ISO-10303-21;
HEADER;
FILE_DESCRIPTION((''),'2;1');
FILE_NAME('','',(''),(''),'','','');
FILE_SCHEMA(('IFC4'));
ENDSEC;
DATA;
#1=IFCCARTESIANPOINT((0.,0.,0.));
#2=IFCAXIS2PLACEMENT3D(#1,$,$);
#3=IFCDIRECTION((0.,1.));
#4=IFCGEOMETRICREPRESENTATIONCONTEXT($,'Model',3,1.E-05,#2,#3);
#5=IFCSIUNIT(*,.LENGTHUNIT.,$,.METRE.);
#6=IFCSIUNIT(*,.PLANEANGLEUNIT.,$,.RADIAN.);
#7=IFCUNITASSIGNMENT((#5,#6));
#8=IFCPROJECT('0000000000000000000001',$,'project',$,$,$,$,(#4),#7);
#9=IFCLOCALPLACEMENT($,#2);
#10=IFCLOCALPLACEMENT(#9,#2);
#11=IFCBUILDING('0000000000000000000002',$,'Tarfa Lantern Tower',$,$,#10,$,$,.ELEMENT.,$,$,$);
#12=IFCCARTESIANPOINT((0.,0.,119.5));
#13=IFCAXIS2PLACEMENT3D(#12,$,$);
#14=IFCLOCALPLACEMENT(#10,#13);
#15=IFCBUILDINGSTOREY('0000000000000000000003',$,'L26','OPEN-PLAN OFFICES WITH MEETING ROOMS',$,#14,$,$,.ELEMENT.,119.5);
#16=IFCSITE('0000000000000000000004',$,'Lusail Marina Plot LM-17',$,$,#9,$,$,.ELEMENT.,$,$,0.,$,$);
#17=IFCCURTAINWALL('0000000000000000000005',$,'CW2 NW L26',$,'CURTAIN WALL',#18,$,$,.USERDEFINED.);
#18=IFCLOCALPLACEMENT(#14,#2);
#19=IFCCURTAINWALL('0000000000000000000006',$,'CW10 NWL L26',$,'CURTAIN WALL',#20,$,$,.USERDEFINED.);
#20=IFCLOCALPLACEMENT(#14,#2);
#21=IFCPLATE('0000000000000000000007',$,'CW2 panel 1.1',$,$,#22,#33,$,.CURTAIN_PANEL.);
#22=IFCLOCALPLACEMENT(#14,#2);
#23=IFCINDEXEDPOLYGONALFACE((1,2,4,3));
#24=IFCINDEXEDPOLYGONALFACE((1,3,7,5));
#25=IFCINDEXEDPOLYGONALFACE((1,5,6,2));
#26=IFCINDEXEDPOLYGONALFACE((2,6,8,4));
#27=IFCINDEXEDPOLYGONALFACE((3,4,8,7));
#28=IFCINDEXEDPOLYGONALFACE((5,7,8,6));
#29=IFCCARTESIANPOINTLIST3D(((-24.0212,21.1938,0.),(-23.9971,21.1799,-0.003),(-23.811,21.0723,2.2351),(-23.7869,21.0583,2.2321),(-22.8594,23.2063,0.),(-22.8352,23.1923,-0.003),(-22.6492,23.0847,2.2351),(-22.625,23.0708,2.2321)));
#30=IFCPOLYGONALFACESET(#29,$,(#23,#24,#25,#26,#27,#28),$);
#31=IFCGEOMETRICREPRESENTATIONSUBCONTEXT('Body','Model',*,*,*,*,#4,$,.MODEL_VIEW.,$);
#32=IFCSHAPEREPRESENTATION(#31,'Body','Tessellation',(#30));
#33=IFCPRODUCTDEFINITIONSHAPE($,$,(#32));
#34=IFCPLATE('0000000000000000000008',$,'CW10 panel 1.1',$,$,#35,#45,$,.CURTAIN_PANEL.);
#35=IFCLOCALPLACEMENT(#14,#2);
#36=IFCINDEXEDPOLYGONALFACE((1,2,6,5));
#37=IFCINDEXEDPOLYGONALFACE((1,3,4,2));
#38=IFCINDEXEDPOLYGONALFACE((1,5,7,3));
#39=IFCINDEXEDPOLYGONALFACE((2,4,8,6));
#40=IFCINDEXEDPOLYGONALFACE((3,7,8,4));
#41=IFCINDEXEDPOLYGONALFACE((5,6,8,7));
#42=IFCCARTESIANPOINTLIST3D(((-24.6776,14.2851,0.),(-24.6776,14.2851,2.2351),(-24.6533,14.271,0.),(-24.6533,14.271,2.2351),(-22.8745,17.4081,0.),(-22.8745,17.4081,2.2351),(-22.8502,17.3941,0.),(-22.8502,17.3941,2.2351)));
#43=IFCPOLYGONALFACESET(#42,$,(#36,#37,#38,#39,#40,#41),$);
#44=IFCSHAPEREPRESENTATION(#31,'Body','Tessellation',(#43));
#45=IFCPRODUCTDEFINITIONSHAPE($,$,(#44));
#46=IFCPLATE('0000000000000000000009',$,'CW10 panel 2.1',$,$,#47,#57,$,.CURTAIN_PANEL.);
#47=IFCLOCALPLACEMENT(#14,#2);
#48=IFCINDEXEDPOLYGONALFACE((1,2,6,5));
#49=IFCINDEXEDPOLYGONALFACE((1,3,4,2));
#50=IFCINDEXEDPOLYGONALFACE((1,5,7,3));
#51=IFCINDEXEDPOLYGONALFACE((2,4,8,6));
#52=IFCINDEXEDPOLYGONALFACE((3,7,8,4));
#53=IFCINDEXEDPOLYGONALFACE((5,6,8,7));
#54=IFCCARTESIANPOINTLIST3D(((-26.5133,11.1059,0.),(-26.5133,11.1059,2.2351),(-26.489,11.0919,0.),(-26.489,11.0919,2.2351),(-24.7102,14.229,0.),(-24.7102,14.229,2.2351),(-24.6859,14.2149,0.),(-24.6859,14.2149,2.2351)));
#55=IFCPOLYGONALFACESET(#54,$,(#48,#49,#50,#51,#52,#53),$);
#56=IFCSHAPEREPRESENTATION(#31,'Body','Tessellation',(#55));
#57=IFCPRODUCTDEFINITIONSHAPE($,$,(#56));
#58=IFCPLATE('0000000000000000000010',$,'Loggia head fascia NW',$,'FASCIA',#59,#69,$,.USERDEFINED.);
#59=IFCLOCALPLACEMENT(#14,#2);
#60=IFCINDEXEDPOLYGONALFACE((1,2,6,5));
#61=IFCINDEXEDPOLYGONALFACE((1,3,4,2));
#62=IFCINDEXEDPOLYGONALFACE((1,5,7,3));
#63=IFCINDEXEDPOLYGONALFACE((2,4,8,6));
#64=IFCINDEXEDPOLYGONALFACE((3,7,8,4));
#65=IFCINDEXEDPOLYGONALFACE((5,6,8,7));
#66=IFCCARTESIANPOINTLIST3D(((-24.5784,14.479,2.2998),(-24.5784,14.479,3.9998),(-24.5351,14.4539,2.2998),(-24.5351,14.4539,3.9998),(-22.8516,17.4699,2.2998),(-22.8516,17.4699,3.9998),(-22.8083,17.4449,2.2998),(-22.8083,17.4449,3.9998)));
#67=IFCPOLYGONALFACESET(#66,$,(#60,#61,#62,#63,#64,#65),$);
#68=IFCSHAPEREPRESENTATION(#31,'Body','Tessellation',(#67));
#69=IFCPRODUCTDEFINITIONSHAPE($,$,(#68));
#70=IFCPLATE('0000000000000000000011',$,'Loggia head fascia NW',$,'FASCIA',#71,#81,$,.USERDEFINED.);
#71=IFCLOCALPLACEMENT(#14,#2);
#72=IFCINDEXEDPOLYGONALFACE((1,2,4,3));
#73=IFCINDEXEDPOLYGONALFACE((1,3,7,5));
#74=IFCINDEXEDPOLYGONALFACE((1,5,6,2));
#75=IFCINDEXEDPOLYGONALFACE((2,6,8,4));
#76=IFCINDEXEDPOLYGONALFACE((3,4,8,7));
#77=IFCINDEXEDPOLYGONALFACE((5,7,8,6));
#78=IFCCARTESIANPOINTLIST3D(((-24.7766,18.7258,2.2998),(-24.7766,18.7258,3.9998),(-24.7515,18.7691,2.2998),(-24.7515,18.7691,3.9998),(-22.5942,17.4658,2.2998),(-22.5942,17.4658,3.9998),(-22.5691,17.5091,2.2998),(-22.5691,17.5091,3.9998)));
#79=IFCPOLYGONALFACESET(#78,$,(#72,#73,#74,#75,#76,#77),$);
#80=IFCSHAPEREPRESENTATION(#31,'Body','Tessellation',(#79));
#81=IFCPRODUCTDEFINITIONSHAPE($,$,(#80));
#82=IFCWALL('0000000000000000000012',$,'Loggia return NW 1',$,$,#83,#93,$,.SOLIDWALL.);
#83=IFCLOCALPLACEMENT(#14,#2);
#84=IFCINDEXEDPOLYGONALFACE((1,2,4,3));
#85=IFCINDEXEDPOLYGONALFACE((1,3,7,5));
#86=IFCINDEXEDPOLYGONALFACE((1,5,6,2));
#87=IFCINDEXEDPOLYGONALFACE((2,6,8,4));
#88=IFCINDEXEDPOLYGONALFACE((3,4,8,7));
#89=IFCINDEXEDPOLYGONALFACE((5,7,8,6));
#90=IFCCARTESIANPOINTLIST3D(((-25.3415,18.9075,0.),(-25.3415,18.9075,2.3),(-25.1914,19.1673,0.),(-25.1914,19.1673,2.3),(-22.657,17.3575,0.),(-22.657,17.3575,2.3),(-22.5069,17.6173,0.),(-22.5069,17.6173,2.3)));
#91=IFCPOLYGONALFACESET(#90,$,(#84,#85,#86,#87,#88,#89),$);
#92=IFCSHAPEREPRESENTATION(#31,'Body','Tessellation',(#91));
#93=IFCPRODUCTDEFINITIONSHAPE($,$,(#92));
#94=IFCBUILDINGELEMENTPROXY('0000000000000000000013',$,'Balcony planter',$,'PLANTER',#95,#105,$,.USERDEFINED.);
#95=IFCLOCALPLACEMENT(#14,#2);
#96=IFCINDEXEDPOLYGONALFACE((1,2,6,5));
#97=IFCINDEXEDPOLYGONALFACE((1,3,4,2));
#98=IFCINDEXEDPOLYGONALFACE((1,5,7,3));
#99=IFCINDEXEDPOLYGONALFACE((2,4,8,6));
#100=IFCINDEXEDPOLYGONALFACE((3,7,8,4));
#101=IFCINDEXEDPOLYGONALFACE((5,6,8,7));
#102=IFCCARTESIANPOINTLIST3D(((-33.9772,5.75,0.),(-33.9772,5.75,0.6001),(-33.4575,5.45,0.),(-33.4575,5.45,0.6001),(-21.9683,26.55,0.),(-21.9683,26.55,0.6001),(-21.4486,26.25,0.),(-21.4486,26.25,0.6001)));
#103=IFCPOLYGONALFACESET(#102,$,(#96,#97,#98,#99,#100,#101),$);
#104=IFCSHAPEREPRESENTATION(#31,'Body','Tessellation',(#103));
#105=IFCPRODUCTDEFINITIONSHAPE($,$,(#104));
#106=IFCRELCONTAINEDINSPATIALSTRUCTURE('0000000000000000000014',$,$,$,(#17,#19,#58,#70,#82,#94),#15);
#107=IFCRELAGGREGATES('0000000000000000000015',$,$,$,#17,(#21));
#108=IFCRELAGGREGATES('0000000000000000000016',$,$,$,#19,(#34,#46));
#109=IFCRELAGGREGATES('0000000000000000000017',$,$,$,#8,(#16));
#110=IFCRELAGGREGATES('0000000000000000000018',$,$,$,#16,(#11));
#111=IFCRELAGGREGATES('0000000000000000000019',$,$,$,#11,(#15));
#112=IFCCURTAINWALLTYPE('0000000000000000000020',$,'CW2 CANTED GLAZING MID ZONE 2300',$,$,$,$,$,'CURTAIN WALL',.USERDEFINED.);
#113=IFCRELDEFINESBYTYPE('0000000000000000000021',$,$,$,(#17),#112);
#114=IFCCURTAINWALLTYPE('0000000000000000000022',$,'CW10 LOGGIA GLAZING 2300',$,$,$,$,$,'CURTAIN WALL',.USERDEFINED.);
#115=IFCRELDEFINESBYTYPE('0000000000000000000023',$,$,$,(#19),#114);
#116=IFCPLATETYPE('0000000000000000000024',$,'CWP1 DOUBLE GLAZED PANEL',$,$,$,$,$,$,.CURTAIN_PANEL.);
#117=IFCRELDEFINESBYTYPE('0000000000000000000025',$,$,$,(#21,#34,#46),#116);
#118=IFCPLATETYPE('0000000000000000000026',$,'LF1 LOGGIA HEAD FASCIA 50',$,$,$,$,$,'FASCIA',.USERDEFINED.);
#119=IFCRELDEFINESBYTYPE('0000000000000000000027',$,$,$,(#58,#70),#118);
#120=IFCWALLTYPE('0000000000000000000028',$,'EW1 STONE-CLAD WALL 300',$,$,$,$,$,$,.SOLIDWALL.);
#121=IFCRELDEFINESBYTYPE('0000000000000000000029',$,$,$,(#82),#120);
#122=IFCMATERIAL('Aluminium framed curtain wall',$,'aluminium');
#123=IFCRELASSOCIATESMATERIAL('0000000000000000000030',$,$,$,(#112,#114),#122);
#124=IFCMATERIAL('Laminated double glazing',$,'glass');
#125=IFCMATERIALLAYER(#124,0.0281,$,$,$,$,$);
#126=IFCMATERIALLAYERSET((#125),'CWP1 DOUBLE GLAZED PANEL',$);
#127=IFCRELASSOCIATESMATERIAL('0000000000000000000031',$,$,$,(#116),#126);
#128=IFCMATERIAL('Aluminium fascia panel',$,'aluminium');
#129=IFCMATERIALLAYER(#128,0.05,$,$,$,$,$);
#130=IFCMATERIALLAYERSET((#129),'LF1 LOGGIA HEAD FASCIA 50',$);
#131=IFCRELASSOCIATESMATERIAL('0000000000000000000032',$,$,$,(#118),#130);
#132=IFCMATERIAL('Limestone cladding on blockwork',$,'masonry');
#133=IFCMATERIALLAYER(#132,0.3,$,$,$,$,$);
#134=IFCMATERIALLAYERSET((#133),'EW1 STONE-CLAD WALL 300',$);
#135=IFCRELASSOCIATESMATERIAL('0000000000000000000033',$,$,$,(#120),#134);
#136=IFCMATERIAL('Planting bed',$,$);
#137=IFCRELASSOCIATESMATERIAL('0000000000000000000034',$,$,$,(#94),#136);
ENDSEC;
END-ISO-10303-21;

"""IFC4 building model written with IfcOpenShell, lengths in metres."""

from ifc_helpers import new_model, si_unit, direction, frame, frame_2d, origin, origin_2d, place, context, subcontext, project, spatial, polyline, rectangle, outline, extrude, material, layer, layer_set, type_object, element, aggregate, save


model = new_model("IFC4")

# Units and contexts
model_context = context("Model", 3, precision=1e-05, world=origin(), true_north=direction((0.0, 1.0)))
body_context = subcontext(model_context, "Body", "Model", "MODEL_VIEW")
ifc_project = project(units=[si_unit("LENGTHUNIT", "METRE"), si_unit("PLANEANGLEUNIT", "RADIAN")], contexts=[model_context])

# Site, building, storey
site_placement = place(None, origin())
site = spatial("IfcSite", under=ifc_project, at=site_placement, Name="Lusail Marina Plot LM-17", CompositionType="ELEMENT", RefElevation=0.0)
building_placement = place(site_placement, origin())
building = spatial("IfcBuilding", under=site, at=building_placement, Name="Tarfa Lantern Tower", CompositionType="ELEMENT")
storey_placement = place(building_placement, frame((0.0, 0.0, 119.5)))
storey = spatial("IfcBuildingStorey", under=building, at=storey_placement, Name="L26", Description="OPEN-PLAN OFFICES WITH MEETING ROOMS", CompositionType="ELEMENT", Elevation=119.5)

# Curtain walls
ifc_material_1 = material(Name="Aluminium framed curtain wall", Category="aluminium")
curtain_wall_type_1 = type_object("IfcCurtainWallType", Name="CW2 CANTED GLAZING MID ZONE 2300", ElementType="CURTAIN WALL", PredefinedType="USERDEFINED", material=ifc_material_1)
curtain_wall_1_placement = place(storey_placement, origin())
curtain_wall_1 = element("IfcCurtainWall", 1, at=curtain_wall_1_placement, inside=storey, type_object=curtain_wall_type_1, Name="CW2 NW L26", ObjectType="CURTAIN WALL", PredefinedType="USERDEFINED")
curtain_wall_type_2 = type_object("IfcCurtainWallType", Name="CW10 LOGGIA GLAZING 2300", ElementType="CURTAIN WALL", PredefinedType="USERDEFINED", material=ifc_material_1)
curtain_wall_2_placement = place(storey_placement, origin())
curtain_wall_2 = element("IfcCurtainWall", 2, at=curtain_wall_2_placement, inside=storey, type_object=curtain_wall_type_2, Name="CW10 NWL L26", ObjectType="CURTAIN WALL", PredefinedType="USERDEFINED")

# Plates
ifc_material_2 = material(Name="Laminated double glazing", Category="glass")
ifc_layer_1 = layer(ifc_material_2, 0.0281)
ifc_layer_set_1 = layer_set([ifc_layer_1], Name="CWP1 DOUBLE GLAZED PANEL")
plate_type_1 = type_object("IfcPlateType", Name="CWP1 DOUBLE GLAZED PANEL", PredefinedType="CURTAIN_PANEL", material=ifc_layer_set_1)
plate_1_placement = place(storey_placement, frame((-22.8594, 23.2063, 0.0), z_axis=(-0.860963, 0.497067, 0.10801), x_axis=(-0.499992, -0.86603, 0.0)))
plate_1 = element("IfcPlate", 3, at=plate_1_placement, type_object=plate_type_1, Name="CW2 panel 1.1", PredefinedType="CURTAIN_PANEL", context=body_context, shape_type="SweptSolid", body=[
    extrude(outline(polyline([(0.0, 0.0), (2.3238, 0.0), (2.324, 2.2483), (0.0002, 2.2483), (0.0, 0.0)])), origin(), (0.0, 0.0, -1.0), 0.0281),
])
aggregate(curtain_wall_1, [plate_1])
plate_2_placement = place(storey_placement, frame((-23.7639, 15.8396, 0.0), z_axis=(0.0, 0.0, 1.0), x_axis=(-0.5, -0.866025, 0.0)))
plate_2 = element("IfcPlate", 4, at=plate_2_placement, type_object=plate_type_1, Name="CW10 panel 1.1", PredefinedType="CURTAIN_PANEL", context=body_context, shape_type="SweptSolid", body=[
    extrude(rectangle(XDim=3.6062, YDim=0.0281, at=origin_2d()), origin(), (0.0, 0.0, 1.0), 2.2351),
])
plate_3_placement = place(storey_placement, frame((-25.5996, 12.6604, 0.0), z_axis=(0.0, 0.0, 1.0), x_axis=(-0.5, -0.866025, 0.0)))
plate_3 = element("IfcPlate", 5, at=plate_3_placement, type_object=plate_type_1, Name="CW10 panel 2.1", PredefinedType="CURTAIN_PANEL", context=body_context, shape_type="SweptSolid", body=[
    extrude(rectangle(XDim=3.6062, YDim=0.0281, at=origin_2d()), origin(), (0.0, 0.0, 1.0), 2.2351),
])
aggregate(curtain_wall_2, [plate_2, plate_3])

# Plates
ifc_material_3 = material(Name="Aluminium fascia panel", Category="aluminium")
ifc_layer_2 = layer(ifc_material_3, 0.05)
ifc_layer_set_2 = layer_set([ifc_layer_2], Name="LF1 LOGGIA HEAD FASCIA 50")
plate_type_2 = type_object("IfcPlateType", Name="LF1 LOGGIA HEAD FASCIA 50", ElementType="FASCIA", PredefinedType="USERDEFINED", material=ifc_layer_set_2)
plate_4_placement = place(storey_placement, frame((-23.6934, 15.9619, 2.2998), z_axis=(0.0, 0.0, 1.0), x_axis=(-0.5, -0.866025, 0.0)))
element("IfcPlate", 6, at=plate_4_placement, inside=storey, type_object=plate_type_2, Name="Loggia head fascia NW", ObjectType="FASCIA", PredefinedType="USERDEFINED", context=body_context, shape_type="SweptSolid", body=[
    extrude(rectangle(XDim=3.4536, YDim=0.05, at=origin_2d()), origin(), (0.0, 0.0, 1.0), 1.7),
])
plate_5_placement = place(storey_placement, frame((-23.6729, 18.1174, 2.2998), z_axis=(0.0, 0.0, 1.0), x_axis=(0.866025, -0.5, 0.0)))
element("IfcPlate", 7, at=plate_5_placement, inside=storey, type_object=plate_type_2, Name="Loggia head fascia NW", ObjectType="FASCIA", PredefinedType="USERDEFINED", context=body_context, shape_type="SweptSolid", body=[
    extrude(rectangle(XDim=2.52, YDim=0.05, at=origin_2d()), origin(), (0.0, 0.0, 1.0), 1.7),
])

# Wall
ifc_material_4 = material(Name="Limestone cladding on blockwork", Category="masonry")
ifc_layer_3 = layer(ifc_material_4, 0.3)
ifc_layer_set_3 = layer_set([ifc_layer_3], Name="EW1 STONE-CLAD WALL 300")
wall_type = type_object("IfcWallType", Name="EW1 STONE-CLAD WALL 300", PredefinedType="SOLIDWALL", material=ifc_layer_set_3)
wall_placement = place(storey_placement, frame((-25.2664, 19.0374, 0.0), z_axis=(0.0, 0.0, 1.0), x_axis=(0.86601, -0.500027, 0.0)))
element("IfcWall", 8, at=wall_placement, inside=storey, type_object=wall_type, Name="Loggia return NW 1", PredefinedType="SOLIDWALL", context=body_context, shape_type="SweptSolid", body=[
    extrude(rectangle(XDim=3.0999, YDim=0.3, at=frame_2d((1.5498, 0.0))), origin(), (0.0, 0.0, 1.0), 2.3),
])

# Building element proxy
ifc_material_5 = material(Name="Planting bed")
proxy_placement = place(storey_placement, frame((-27.7129, 16.0, 0.0), z_axis=(0.0, 0.0, 1.0), x_axis=(-0.5, -0.866025, 0.0)))
element("IfcBuildingElementProxy", 9, at=proxy_placement, inside=storey, material=ifc_material_5, Name="Balcony planter", ObjectType="PLANTER", PredefinedType="USERDEFINED", context=body_context, shape_type="SweptSolid", body=[
    extrude(rectangle(XDim=24.0178, YDim=0.6001, at=origin_2d()), origin(), (0.0, 0.0, 1.0), 0.6001),
])

save(model, "model.ifc")
